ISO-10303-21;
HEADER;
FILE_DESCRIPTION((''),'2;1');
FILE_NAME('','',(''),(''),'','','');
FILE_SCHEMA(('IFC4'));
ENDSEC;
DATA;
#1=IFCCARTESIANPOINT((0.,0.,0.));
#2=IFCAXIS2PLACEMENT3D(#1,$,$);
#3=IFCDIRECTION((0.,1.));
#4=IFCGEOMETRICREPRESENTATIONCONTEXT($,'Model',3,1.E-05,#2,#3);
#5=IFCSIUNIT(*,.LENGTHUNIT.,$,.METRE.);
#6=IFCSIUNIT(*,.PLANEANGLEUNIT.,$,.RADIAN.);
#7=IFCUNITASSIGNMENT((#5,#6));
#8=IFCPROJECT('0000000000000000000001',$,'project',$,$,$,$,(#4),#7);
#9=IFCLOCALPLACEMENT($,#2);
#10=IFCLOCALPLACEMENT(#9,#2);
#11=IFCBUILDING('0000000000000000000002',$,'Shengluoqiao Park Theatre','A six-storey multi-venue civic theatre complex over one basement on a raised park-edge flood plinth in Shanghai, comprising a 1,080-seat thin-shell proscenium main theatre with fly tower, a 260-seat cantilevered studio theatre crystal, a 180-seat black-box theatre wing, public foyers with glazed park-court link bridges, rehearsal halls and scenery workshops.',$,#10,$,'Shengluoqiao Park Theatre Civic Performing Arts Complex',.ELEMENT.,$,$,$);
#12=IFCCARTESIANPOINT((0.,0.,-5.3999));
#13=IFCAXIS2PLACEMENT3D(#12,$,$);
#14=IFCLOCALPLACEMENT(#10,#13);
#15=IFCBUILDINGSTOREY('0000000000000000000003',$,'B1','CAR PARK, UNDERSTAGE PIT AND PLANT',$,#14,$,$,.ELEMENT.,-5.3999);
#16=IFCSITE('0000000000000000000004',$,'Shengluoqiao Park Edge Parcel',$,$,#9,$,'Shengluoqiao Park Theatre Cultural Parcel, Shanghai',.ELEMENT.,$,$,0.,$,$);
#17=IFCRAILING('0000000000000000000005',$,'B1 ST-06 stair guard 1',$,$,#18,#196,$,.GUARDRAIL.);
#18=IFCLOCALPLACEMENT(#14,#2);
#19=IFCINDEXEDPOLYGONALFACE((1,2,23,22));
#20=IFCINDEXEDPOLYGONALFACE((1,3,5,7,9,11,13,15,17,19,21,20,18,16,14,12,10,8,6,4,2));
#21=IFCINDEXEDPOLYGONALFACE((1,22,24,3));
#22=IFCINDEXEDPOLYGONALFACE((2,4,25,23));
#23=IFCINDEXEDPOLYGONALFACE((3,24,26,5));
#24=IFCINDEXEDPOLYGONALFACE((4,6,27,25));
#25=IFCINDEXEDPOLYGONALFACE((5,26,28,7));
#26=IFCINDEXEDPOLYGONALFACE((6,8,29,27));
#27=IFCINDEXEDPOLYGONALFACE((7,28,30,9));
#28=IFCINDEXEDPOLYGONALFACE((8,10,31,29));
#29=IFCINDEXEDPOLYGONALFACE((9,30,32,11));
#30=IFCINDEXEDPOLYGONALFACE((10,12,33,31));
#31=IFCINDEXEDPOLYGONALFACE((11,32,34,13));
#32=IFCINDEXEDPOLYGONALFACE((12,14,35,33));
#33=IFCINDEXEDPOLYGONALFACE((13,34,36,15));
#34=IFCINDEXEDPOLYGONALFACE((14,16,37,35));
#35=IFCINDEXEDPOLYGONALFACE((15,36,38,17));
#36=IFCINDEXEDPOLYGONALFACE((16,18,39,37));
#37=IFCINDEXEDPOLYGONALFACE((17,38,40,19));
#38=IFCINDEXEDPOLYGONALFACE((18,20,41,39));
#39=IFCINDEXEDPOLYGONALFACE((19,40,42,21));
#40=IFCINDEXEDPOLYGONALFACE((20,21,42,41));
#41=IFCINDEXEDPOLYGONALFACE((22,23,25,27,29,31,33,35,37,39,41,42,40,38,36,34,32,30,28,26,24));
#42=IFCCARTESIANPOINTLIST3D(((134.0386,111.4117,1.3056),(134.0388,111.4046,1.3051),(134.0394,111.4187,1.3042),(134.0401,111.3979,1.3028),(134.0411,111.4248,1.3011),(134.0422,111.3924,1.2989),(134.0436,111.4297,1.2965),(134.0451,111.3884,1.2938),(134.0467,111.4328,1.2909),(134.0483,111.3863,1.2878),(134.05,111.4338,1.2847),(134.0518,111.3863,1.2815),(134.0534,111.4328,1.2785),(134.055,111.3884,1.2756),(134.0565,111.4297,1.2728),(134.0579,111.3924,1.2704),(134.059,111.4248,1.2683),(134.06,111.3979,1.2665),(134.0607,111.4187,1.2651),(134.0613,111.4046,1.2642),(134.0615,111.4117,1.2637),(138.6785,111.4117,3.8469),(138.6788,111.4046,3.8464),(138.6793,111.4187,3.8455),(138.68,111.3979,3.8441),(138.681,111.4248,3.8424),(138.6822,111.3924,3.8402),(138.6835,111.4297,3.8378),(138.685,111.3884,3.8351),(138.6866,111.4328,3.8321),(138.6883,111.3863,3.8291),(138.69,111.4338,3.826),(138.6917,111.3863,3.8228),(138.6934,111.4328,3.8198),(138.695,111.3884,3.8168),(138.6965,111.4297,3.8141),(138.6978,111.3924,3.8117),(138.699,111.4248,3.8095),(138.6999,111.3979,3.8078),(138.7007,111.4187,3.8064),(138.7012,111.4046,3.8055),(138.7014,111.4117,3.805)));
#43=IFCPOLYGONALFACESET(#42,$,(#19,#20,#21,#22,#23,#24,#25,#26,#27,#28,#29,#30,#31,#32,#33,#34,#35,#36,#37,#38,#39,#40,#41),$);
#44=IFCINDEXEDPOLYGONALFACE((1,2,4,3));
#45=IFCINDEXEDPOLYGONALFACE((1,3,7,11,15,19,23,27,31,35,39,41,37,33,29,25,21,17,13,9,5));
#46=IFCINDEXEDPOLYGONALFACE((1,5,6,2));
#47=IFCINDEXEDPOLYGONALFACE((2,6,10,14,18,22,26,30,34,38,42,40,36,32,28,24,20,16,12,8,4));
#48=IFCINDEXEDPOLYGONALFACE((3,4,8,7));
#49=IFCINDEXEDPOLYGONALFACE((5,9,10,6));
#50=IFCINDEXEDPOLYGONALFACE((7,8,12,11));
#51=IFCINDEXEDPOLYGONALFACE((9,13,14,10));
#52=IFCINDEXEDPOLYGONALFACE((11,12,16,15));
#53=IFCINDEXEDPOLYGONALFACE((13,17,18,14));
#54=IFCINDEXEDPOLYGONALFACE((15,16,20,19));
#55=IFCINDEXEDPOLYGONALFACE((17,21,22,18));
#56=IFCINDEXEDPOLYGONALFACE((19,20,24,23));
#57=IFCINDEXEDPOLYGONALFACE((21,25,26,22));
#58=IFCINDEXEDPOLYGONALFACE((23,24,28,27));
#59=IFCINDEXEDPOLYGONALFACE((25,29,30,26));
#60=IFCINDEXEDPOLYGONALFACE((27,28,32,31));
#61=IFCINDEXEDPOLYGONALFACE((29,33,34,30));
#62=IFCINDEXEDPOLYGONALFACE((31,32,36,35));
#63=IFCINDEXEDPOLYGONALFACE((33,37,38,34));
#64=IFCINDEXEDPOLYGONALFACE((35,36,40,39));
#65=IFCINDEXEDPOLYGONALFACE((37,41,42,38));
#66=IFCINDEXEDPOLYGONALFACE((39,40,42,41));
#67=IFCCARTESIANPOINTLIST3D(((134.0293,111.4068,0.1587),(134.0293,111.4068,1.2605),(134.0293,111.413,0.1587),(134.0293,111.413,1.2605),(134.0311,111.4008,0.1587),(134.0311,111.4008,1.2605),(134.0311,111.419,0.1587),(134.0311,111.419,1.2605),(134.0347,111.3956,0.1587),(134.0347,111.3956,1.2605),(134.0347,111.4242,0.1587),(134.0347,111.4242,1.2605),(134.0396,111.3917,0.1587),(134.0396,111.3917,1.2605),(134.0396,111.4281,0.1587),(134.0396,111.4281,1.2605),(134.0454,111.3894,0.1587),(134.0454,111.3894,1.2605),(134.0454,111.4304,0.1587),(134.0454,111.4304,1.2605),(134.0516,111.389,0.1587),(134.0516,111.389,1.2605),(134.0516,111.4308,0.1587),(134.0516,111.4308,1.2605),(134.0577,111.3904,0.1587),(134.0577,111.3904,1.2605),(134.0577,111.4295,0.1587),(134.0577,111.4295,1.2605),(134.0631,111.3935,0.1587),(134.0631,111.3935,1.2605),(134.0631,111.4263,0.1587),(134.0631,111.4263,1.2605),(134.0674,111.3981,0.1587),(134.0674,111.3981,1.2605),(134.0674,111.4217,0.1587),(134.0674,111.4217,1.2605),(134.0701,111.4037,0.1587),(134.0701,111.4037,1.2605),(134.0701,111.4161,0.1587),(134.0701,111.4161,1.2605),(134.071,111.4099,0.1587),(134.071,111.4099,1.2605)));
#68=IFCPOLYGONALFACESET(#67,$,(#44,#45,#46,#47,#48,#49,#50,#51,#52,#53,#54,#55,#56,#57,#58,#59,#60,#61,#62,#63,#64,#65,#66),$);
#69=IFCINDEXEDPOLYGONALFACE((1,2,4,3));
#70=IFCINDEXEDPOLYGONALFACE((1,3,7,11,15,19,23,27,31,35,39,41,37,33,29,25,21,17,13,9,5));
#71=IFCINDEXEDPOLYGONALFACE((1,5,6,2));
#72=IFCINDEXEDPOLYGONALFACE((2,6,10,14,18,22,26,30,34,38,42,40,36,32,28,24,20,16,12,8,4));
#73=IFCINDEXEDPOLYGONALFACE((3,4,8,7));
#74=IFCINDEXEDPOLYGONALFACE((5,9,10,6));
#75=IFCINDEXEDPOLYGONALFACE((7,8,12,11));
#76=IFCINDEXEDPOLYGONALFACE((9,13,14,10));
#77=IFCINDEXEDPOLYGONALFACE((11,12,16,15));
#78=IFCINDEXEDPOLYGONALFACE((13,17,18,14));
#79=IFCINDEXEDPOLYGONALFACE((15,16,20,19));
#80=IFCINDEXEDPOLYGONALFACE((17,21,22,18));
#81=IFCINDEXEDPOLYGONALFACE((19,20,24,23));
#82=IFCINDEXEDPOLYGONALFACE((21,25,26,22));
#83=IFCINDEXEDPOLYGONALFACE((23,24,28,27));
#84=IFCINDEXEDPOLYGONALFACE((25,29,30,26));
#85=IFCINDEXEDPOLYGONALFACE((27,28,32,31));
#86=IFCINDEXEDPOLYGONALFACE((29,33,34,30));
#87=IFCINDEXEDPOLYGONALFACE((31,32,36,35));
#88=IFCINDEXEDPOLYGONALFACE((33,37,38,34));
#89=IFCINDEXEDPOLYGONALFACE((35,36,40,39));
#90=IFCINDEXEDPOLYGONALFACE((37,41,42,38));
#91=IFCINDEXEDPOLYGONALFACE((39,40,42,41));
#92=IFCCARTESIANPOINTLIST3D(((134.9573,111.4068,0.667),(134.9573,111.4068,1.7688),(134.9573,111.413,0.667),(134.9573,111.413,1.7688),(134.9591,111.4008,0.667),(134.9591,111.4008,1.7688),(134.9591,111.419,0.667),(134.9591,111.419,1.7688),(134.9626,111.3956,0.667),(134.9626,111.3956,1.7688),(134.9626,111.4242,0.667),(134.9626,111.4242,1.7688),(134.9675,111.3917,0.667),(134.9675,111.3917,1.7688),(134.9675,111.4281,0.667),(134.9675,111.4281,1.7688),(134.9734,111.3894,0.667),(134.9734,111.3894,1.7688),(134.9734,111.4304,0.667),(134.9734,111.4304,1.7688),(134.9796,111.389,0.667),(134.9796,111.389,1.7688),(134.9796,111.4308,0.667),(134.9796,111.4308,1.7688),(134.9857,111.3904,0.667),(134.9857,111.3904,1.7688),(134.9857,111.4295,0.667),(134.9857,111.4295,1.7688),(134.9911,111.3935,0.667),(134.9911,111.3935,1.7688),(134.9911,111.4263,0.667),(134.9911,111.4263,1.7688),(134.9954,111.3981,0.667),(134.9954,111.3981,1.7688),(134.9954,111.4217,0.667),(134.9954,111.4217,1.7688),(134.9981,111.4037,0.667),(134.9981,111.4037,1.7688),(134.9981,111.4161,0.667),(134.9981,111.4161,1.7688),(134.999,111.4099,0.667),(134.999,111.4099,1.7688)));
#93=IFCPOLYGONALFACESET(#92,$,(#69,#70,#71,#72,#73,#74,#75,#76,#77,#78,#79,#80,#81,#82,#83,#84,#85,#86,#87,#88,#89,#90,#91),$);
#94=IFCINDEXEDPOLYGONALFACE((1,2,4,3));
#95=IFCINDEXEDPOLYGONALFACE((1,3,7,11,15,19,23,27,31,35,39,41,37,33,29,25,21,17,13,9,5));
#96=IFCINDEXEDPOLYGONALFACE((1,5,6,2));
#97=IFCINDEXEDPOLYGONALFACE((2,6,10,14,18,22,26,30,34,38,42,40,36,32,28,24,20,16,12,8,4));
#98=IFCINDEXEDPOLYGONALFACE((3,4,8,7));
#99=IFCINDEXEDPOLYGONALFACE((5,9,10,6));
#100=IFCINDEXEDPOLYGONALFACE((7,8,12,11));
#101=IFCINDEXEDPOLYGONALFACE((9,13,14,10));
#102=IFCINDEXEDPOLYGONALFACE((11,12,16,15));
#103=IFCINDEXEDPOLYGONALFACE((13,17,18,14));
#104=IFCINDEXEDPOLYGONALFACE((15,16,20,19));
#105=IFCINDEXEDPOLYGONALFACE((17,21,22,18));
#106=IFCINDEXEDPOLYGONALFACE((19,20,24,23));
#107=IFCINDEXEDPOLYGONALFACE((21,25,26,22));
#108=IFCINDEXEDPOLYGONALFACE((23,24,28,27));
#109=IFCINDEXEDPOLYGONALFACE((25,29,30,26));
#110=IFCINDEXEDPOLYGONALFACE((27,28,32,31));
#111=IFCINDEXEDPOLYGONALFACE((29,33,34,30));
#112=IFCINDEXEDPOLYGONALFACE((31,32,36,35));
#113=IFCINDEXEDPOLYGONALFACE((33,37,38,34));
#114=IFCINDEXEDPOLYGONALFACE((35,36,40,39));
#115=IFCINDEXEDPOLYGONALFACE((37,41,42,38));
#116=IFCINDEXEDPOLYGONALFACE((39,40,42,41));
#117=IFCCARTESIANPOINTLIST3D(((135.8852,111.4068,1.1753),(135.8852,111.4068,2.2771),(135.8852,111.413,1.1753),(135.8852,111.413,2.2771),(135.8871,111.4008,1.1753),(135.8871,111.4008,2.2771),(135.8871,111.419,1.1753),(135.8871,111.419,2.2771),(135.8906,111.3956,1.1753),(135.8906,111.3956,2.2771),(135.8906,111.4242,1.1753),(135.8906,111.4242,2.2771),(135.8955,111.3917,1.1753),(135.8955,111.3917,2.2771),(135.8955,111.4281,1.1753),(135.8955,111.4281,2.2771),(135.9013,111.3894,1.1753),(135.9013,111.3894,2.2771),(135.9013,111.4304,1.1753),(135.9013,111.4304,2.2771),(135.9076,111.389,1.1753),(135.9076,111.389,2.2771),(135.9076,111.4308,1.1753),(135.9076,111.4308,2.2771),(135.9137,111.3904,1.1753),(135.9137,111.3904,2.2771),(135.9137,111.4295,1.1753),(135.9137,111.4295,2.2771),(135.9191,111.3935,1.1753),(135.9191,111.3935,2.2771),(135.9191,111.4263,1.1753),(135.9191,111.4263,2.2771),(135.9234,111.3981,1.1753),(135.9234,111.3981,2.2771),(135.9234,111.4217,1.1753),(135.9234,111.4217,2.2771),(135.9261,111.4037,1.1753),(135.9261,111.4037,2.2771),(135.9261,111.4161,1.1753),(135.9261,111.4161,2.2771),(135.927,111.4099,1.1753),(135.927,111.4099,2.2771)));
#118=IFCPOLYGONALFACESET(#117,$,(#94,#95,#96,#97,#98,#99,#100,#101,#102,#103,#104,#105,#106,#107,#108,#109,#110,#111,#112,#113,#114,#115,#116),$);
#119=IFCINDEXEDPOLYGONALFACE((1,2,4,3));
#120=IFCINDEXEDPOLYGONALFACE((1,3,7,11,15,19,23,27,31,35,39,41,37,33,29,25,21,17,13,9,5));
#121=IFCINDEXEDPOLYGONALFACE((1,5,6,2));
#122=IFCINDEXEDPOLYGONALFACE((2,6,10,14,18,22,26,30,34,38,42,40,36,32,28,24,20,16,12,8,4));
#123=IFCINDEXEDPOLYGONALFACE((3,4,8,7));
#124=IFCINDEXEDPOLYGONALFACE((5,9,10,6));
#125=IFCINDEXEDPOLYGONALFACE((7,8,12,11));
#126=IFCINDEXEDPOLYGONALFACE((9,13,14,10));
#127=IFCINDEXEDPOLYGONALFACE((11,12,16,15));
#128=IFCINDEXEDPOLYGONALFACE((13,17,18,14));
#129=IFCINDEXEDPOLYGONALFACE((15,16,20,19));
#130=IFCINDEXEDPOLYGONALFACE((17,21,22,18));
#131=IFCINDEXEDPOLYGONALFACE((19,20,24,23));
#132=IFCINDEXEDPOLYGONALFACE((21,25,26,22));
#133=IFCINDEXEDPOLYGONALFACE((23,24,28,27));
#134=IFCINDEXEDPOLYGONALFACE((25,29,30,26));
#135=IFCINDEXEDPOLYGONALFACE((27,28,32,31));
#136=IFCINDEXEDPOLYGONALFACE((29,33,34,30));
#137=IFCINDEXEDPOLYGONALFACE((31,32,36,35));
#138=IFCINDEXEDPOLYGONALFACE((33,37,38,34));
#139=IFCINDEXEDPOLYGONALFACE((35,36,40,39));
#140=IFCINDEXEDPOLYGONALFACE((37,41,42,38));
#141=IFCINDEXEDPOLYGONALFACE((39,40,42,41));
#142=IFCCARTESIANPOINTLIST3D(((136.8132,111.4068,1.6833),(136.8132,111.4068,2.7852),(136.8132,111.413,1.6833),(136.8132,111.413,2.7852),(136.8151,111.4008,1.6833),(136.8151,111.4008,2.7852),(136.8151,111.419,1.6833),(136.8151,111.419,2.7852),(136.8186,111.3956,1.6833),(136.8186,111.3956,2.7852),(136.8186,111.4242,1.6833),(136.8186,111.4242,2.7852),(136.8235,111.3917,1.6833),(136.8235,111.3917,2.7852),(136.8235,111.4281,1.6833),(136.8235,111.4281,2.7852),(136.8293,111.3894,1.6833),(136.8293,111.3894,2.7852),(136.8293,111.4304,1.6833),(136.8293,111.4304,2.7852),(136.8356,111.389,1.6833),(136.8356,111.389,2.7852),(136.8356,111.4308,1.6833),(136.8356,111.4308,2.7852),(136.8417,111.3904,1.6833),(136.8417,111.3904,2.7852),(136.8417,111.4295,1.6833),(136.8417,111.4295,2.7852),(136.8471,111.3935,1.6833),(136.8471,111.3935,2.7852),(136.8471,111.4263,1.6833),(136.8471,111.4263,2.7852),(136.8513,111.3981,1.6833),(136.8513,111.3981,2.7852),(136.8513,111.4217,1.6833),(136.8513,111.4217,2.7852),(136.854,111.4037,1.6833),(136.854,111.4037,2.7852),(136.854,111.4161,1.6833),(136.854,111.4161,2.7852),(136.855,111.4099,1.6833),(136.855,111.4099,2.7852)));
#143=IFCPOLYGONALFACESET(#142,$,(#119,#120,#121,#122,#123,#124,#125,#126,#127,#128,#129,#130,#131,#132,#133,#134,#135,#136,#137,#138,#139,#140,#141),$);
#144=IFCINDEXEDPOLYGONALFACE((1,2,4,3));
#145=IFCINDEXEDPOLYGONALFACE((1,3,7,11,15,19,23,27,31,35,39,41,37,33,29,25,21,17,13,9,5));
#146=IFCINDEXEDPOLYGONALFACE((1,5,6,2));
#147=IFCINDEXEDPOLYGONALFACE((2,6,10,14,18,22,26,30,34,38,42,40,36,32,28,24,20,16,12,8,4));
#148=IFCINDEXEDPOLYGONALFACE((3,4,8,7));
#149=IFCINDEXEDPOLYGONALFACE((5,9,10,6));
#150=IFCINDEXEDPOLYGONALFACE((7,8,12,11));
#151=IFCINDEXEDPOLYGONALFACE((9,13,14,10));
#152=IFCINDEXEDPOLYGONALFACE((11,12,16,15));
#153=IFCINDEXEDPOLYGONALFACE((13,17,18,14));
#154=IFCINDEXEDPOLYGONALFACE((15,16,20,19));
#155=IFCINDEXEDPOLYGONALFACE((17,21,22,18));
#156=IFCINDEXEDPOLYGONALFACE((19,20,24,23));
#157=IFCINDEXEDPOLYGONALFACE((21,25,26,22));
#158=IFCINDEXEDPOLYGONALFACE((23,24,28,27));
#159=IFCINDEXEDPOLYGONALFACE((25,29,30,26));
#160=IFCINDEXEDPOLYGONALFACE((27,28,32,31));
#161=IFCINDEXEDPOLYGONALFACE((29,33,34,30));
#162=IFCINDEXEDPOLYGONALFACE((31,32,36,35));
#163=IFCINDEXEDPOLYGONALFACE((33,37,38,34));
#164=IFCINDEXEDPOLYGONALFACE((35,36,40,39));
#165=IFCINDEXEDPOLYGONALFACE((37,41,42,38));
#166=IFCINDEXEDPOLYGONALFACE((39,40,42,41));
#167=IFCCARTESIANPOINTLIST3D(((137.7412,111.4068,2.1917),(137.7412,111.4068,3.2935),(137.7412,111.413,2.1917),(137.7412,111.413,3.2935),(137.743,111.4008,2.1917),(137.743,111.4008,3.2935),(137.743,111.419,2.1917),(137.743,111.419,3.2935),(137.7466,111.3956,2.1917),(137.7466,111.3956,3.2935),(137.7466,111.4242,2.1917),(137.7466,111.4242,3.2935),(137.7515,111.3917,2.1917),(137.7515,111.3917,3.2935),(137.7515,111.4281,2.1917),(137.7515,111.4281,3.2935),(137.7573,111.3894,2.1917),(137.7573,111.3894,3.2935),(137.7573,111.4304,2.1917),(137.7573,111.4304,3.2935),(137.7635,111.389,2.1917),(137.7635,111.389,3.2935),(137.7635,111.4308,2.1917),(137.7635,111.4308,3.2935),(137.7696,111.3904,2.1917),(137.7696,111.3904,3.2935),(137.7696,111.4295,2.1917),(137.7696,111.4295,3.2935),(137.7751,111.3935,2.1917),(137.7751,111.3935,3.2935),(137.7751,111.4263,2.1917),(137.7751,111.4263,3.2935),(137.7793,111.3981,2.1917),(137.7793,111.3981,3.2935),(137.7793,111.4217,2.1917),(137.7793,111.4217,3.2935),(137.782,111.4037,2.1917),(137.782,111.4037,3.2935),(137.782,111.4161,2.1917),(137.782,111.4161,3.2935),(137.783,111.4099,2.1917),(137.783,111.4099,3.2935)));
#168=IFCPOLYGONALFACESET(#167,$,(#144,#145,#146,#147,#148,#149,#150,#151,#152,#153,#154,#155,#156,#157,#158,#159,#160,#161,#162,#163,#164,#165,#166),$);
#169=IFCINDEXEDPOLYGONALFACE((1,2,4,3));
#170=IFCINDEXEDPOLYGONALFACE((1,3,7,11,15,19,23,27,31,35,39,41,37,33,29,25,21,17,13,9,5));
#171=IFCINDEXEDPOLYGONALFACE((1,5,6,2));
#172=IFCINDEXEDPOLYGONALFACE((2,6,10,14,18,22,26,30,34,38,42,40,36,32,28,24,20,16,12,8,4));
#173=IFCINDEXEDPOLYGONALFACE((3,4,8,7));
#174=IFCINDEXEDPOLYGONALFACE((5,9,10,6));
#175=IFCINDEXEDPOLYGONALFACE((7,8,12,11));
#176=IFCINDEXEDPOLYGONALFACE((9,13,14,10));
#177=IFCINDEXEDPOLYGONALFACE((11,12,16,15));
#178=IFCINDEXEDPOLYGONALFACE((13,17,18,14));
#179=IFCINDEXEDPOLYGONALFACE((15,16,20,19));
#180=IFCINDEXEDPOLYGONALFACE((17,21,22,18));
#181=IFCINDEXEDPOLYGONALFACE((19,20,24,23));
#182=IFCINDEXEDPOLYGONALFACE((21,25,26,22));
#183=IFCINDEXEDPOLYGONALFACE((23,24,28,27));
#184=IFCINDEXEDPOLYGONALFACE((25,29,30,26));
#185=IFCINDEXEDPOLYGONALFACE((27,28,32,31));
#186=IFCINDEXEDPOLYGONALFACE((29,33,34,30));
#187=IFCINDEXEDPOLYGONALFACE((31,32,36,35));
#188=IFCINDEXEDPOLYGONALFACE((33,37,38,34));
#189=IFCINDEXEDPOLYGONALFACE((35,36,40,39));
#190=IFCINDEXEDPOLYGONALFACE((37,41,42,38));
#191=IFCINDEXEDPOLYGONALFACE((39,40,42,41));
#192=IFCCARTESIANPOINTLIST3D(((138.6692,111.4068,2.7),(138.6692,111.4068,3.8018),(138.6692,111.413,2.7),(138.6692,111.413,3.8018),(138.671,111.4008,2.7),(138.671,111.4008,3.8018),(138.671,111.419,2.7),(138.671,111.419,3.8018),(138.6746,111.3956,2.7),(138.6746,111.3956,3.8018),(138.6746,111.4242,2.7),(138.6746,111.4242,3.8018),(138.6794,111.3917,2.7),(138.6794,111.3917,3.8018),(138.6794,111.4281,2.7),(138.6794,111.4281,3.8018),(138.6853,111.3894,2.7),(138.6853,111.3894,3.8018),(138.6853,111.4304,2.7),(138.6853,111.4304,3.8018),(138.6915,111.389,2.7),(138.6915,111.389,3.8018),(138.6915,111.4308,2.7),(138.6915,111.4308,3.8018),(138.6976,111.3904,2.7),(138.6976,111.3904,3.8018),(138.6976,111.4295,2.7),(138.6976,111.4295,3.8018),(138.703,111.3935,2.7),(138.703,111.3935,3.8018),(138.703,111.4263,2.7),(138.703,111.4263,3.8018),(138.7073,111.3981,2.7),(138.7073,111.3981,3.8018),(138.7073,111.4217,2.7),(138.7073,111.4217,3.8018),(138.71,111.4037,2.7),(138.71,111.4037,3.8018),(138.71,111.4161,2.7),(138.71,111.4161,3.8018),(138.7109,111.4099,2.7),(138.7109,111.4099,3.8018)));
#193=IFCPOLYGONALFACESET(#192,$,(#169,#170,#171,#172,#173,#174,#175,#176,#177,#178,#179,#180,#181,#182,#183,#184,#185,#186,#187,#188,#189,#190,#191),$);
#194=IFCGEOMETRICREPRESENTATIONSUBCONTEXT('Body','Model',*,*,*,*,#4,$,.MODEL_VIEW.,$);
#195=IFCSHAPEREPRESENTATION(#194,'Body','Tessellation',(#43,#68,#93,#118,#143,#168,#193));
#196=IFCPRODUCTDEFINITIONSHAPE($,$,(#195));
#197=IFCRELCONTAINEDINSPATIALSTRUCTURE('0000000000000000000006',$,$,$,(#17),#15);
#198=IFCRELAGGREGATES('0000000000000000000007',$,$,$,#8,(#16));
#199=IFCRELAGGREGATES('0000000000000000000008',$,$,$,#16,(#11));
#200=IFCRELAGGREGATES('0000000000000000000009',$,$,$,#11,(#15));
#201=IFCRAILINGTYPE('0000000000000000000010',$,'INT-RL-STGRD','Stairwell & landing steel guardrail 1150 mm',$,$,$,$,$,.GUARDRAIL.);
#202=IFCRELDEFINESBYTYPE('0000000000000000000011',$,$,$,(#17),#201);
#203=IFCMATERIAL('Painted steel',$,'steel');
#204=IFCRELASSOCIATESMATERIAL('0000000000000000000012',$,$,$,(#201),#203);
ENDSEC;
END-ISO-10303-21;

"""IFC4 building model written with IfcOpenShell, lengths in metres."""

from ifc_helpers import new_model, si_unit, direction, frame, origin, origin_2d, place, context, subcontext, project, spatial, circle, extrude, material, type_object, element, save


model = new_model("IFC4")

# Units and contexts
model_context = context("Model", 3, precision=1e-05, world=origin(), true_north=direction((0.0, 1.0)))
body_context = subcontext(model_context, "Body", "Model", "MODEL_VIEW")
ifc_project = project(units=[si_unit("LENGTHUNIT", "METRE"), si_unit("PLANEANGLEUNIT", "RADIAN")], contexts=[model_context])

# Site, building, storey
site_placement = place(None, origin())
site = spatial("IfcSite", under=ifc_project, at=site_placement, Name="Shengluoqiao Park Edge Parcel", LongName="Shengluoqiao Park Theatre Cultural Parcel, Shanghai", CompositionType="ELEMENT", RefElevation=0.0)
building_placement = place(site_placement, origin())
building = spatial("IfcBuilding", under=site, at=building_placement, Name="Shengluoqiao Park Theatre", Description="A six-storey multi-venue civic theatre complex over one basement on a raised park-edge flood plinth in Shanghai, comprising a 1,080-seat thin-shell proscenium main theatre with fly tower, a 260-seat cantilevered studio theatre crystal, a 180-seat black-box theatre wing, public foyers with glazed park-court link bridges, rehearsal halls and scenery workshops.", LongName="Shengluoqiao Park Theatre Civic Performing Arts Complex", CompositionType="ELEMENT")
storey_placement = place(building_placement, frame((0.0, 0.0, -5.3999)))
storey = spatial("IfcBuildingStorey", under=building, at=storey_placement, Name="B1", Description="CAR PARK, UNDERSTAGE PIT AND PLANT", CompositionType="ELEMENT", Elevation=-5.3999)

# Railing
ifc_material_1 = material(Name="Painted steel", Category="steel")
railing_type_1 = type_object("IfcRailingType", Name="INT-RL-STGRD", Description="Stairwell & landing steel guardrail 1150 mm", PredefinedType="GUARDRAIL", material=ifc_material_1)
railing_1_placement = place(storey_placement, frame((134.05, 111.4099, 0.1587)))
element("IfcRailing", 1, at=railing_1_placement, inside=storey, type_object=railing_type_1, Name="B1 ST-06 stair guard 1", PredefinedType="GUARDRAIL", context=body_context, shape_type="SweptSolid", body=[
    extrude(circle(Radius=0.0239, at=origin_2d()), frame((0.0, 0.0, 1.126), z_axis=(0.877067, 0.0, 0.480368), x_axis=(0.0, 1.0, 0.0)), (0.0, 0.0, 1.0), 5.2903),
    extrude(circle(Radius=0.021, at=origin_2d()), origin(), (0.0, 0.0, 1.0), 1.1018),
    extrude(circle(Radius=0.021, at=origin_2d()), frame((0.928, 0.0, 0.5083)), (0.0, 0.0, 1.0), 1.1018),
    extrude(circle(Radius=0.021, at=origin_2d()), frame((1.856, 0.0, 1.0166)), (0.0, 0.0, 1.0), 1.1018),
    extrude(circle(Radius=0.021, at=origin_2d()), frame((2.7839, 0.0, 1.5247)), (0.0, 0.0, 1.0), 1.1018),
    extrude(circle(Radius=0.021, at=origin_2d()), frame((3.7119, 0.0, 2.033)), (0.0, 0.0, 1.0), 1.1018),
    extrude(circle(Radius=0.021, at=origin_2d()), frame((4.6399, 0.0, 2.5413)), (0.0, 0.0, 1.0), 1.1018),
])

save(model, "model.ifc")
